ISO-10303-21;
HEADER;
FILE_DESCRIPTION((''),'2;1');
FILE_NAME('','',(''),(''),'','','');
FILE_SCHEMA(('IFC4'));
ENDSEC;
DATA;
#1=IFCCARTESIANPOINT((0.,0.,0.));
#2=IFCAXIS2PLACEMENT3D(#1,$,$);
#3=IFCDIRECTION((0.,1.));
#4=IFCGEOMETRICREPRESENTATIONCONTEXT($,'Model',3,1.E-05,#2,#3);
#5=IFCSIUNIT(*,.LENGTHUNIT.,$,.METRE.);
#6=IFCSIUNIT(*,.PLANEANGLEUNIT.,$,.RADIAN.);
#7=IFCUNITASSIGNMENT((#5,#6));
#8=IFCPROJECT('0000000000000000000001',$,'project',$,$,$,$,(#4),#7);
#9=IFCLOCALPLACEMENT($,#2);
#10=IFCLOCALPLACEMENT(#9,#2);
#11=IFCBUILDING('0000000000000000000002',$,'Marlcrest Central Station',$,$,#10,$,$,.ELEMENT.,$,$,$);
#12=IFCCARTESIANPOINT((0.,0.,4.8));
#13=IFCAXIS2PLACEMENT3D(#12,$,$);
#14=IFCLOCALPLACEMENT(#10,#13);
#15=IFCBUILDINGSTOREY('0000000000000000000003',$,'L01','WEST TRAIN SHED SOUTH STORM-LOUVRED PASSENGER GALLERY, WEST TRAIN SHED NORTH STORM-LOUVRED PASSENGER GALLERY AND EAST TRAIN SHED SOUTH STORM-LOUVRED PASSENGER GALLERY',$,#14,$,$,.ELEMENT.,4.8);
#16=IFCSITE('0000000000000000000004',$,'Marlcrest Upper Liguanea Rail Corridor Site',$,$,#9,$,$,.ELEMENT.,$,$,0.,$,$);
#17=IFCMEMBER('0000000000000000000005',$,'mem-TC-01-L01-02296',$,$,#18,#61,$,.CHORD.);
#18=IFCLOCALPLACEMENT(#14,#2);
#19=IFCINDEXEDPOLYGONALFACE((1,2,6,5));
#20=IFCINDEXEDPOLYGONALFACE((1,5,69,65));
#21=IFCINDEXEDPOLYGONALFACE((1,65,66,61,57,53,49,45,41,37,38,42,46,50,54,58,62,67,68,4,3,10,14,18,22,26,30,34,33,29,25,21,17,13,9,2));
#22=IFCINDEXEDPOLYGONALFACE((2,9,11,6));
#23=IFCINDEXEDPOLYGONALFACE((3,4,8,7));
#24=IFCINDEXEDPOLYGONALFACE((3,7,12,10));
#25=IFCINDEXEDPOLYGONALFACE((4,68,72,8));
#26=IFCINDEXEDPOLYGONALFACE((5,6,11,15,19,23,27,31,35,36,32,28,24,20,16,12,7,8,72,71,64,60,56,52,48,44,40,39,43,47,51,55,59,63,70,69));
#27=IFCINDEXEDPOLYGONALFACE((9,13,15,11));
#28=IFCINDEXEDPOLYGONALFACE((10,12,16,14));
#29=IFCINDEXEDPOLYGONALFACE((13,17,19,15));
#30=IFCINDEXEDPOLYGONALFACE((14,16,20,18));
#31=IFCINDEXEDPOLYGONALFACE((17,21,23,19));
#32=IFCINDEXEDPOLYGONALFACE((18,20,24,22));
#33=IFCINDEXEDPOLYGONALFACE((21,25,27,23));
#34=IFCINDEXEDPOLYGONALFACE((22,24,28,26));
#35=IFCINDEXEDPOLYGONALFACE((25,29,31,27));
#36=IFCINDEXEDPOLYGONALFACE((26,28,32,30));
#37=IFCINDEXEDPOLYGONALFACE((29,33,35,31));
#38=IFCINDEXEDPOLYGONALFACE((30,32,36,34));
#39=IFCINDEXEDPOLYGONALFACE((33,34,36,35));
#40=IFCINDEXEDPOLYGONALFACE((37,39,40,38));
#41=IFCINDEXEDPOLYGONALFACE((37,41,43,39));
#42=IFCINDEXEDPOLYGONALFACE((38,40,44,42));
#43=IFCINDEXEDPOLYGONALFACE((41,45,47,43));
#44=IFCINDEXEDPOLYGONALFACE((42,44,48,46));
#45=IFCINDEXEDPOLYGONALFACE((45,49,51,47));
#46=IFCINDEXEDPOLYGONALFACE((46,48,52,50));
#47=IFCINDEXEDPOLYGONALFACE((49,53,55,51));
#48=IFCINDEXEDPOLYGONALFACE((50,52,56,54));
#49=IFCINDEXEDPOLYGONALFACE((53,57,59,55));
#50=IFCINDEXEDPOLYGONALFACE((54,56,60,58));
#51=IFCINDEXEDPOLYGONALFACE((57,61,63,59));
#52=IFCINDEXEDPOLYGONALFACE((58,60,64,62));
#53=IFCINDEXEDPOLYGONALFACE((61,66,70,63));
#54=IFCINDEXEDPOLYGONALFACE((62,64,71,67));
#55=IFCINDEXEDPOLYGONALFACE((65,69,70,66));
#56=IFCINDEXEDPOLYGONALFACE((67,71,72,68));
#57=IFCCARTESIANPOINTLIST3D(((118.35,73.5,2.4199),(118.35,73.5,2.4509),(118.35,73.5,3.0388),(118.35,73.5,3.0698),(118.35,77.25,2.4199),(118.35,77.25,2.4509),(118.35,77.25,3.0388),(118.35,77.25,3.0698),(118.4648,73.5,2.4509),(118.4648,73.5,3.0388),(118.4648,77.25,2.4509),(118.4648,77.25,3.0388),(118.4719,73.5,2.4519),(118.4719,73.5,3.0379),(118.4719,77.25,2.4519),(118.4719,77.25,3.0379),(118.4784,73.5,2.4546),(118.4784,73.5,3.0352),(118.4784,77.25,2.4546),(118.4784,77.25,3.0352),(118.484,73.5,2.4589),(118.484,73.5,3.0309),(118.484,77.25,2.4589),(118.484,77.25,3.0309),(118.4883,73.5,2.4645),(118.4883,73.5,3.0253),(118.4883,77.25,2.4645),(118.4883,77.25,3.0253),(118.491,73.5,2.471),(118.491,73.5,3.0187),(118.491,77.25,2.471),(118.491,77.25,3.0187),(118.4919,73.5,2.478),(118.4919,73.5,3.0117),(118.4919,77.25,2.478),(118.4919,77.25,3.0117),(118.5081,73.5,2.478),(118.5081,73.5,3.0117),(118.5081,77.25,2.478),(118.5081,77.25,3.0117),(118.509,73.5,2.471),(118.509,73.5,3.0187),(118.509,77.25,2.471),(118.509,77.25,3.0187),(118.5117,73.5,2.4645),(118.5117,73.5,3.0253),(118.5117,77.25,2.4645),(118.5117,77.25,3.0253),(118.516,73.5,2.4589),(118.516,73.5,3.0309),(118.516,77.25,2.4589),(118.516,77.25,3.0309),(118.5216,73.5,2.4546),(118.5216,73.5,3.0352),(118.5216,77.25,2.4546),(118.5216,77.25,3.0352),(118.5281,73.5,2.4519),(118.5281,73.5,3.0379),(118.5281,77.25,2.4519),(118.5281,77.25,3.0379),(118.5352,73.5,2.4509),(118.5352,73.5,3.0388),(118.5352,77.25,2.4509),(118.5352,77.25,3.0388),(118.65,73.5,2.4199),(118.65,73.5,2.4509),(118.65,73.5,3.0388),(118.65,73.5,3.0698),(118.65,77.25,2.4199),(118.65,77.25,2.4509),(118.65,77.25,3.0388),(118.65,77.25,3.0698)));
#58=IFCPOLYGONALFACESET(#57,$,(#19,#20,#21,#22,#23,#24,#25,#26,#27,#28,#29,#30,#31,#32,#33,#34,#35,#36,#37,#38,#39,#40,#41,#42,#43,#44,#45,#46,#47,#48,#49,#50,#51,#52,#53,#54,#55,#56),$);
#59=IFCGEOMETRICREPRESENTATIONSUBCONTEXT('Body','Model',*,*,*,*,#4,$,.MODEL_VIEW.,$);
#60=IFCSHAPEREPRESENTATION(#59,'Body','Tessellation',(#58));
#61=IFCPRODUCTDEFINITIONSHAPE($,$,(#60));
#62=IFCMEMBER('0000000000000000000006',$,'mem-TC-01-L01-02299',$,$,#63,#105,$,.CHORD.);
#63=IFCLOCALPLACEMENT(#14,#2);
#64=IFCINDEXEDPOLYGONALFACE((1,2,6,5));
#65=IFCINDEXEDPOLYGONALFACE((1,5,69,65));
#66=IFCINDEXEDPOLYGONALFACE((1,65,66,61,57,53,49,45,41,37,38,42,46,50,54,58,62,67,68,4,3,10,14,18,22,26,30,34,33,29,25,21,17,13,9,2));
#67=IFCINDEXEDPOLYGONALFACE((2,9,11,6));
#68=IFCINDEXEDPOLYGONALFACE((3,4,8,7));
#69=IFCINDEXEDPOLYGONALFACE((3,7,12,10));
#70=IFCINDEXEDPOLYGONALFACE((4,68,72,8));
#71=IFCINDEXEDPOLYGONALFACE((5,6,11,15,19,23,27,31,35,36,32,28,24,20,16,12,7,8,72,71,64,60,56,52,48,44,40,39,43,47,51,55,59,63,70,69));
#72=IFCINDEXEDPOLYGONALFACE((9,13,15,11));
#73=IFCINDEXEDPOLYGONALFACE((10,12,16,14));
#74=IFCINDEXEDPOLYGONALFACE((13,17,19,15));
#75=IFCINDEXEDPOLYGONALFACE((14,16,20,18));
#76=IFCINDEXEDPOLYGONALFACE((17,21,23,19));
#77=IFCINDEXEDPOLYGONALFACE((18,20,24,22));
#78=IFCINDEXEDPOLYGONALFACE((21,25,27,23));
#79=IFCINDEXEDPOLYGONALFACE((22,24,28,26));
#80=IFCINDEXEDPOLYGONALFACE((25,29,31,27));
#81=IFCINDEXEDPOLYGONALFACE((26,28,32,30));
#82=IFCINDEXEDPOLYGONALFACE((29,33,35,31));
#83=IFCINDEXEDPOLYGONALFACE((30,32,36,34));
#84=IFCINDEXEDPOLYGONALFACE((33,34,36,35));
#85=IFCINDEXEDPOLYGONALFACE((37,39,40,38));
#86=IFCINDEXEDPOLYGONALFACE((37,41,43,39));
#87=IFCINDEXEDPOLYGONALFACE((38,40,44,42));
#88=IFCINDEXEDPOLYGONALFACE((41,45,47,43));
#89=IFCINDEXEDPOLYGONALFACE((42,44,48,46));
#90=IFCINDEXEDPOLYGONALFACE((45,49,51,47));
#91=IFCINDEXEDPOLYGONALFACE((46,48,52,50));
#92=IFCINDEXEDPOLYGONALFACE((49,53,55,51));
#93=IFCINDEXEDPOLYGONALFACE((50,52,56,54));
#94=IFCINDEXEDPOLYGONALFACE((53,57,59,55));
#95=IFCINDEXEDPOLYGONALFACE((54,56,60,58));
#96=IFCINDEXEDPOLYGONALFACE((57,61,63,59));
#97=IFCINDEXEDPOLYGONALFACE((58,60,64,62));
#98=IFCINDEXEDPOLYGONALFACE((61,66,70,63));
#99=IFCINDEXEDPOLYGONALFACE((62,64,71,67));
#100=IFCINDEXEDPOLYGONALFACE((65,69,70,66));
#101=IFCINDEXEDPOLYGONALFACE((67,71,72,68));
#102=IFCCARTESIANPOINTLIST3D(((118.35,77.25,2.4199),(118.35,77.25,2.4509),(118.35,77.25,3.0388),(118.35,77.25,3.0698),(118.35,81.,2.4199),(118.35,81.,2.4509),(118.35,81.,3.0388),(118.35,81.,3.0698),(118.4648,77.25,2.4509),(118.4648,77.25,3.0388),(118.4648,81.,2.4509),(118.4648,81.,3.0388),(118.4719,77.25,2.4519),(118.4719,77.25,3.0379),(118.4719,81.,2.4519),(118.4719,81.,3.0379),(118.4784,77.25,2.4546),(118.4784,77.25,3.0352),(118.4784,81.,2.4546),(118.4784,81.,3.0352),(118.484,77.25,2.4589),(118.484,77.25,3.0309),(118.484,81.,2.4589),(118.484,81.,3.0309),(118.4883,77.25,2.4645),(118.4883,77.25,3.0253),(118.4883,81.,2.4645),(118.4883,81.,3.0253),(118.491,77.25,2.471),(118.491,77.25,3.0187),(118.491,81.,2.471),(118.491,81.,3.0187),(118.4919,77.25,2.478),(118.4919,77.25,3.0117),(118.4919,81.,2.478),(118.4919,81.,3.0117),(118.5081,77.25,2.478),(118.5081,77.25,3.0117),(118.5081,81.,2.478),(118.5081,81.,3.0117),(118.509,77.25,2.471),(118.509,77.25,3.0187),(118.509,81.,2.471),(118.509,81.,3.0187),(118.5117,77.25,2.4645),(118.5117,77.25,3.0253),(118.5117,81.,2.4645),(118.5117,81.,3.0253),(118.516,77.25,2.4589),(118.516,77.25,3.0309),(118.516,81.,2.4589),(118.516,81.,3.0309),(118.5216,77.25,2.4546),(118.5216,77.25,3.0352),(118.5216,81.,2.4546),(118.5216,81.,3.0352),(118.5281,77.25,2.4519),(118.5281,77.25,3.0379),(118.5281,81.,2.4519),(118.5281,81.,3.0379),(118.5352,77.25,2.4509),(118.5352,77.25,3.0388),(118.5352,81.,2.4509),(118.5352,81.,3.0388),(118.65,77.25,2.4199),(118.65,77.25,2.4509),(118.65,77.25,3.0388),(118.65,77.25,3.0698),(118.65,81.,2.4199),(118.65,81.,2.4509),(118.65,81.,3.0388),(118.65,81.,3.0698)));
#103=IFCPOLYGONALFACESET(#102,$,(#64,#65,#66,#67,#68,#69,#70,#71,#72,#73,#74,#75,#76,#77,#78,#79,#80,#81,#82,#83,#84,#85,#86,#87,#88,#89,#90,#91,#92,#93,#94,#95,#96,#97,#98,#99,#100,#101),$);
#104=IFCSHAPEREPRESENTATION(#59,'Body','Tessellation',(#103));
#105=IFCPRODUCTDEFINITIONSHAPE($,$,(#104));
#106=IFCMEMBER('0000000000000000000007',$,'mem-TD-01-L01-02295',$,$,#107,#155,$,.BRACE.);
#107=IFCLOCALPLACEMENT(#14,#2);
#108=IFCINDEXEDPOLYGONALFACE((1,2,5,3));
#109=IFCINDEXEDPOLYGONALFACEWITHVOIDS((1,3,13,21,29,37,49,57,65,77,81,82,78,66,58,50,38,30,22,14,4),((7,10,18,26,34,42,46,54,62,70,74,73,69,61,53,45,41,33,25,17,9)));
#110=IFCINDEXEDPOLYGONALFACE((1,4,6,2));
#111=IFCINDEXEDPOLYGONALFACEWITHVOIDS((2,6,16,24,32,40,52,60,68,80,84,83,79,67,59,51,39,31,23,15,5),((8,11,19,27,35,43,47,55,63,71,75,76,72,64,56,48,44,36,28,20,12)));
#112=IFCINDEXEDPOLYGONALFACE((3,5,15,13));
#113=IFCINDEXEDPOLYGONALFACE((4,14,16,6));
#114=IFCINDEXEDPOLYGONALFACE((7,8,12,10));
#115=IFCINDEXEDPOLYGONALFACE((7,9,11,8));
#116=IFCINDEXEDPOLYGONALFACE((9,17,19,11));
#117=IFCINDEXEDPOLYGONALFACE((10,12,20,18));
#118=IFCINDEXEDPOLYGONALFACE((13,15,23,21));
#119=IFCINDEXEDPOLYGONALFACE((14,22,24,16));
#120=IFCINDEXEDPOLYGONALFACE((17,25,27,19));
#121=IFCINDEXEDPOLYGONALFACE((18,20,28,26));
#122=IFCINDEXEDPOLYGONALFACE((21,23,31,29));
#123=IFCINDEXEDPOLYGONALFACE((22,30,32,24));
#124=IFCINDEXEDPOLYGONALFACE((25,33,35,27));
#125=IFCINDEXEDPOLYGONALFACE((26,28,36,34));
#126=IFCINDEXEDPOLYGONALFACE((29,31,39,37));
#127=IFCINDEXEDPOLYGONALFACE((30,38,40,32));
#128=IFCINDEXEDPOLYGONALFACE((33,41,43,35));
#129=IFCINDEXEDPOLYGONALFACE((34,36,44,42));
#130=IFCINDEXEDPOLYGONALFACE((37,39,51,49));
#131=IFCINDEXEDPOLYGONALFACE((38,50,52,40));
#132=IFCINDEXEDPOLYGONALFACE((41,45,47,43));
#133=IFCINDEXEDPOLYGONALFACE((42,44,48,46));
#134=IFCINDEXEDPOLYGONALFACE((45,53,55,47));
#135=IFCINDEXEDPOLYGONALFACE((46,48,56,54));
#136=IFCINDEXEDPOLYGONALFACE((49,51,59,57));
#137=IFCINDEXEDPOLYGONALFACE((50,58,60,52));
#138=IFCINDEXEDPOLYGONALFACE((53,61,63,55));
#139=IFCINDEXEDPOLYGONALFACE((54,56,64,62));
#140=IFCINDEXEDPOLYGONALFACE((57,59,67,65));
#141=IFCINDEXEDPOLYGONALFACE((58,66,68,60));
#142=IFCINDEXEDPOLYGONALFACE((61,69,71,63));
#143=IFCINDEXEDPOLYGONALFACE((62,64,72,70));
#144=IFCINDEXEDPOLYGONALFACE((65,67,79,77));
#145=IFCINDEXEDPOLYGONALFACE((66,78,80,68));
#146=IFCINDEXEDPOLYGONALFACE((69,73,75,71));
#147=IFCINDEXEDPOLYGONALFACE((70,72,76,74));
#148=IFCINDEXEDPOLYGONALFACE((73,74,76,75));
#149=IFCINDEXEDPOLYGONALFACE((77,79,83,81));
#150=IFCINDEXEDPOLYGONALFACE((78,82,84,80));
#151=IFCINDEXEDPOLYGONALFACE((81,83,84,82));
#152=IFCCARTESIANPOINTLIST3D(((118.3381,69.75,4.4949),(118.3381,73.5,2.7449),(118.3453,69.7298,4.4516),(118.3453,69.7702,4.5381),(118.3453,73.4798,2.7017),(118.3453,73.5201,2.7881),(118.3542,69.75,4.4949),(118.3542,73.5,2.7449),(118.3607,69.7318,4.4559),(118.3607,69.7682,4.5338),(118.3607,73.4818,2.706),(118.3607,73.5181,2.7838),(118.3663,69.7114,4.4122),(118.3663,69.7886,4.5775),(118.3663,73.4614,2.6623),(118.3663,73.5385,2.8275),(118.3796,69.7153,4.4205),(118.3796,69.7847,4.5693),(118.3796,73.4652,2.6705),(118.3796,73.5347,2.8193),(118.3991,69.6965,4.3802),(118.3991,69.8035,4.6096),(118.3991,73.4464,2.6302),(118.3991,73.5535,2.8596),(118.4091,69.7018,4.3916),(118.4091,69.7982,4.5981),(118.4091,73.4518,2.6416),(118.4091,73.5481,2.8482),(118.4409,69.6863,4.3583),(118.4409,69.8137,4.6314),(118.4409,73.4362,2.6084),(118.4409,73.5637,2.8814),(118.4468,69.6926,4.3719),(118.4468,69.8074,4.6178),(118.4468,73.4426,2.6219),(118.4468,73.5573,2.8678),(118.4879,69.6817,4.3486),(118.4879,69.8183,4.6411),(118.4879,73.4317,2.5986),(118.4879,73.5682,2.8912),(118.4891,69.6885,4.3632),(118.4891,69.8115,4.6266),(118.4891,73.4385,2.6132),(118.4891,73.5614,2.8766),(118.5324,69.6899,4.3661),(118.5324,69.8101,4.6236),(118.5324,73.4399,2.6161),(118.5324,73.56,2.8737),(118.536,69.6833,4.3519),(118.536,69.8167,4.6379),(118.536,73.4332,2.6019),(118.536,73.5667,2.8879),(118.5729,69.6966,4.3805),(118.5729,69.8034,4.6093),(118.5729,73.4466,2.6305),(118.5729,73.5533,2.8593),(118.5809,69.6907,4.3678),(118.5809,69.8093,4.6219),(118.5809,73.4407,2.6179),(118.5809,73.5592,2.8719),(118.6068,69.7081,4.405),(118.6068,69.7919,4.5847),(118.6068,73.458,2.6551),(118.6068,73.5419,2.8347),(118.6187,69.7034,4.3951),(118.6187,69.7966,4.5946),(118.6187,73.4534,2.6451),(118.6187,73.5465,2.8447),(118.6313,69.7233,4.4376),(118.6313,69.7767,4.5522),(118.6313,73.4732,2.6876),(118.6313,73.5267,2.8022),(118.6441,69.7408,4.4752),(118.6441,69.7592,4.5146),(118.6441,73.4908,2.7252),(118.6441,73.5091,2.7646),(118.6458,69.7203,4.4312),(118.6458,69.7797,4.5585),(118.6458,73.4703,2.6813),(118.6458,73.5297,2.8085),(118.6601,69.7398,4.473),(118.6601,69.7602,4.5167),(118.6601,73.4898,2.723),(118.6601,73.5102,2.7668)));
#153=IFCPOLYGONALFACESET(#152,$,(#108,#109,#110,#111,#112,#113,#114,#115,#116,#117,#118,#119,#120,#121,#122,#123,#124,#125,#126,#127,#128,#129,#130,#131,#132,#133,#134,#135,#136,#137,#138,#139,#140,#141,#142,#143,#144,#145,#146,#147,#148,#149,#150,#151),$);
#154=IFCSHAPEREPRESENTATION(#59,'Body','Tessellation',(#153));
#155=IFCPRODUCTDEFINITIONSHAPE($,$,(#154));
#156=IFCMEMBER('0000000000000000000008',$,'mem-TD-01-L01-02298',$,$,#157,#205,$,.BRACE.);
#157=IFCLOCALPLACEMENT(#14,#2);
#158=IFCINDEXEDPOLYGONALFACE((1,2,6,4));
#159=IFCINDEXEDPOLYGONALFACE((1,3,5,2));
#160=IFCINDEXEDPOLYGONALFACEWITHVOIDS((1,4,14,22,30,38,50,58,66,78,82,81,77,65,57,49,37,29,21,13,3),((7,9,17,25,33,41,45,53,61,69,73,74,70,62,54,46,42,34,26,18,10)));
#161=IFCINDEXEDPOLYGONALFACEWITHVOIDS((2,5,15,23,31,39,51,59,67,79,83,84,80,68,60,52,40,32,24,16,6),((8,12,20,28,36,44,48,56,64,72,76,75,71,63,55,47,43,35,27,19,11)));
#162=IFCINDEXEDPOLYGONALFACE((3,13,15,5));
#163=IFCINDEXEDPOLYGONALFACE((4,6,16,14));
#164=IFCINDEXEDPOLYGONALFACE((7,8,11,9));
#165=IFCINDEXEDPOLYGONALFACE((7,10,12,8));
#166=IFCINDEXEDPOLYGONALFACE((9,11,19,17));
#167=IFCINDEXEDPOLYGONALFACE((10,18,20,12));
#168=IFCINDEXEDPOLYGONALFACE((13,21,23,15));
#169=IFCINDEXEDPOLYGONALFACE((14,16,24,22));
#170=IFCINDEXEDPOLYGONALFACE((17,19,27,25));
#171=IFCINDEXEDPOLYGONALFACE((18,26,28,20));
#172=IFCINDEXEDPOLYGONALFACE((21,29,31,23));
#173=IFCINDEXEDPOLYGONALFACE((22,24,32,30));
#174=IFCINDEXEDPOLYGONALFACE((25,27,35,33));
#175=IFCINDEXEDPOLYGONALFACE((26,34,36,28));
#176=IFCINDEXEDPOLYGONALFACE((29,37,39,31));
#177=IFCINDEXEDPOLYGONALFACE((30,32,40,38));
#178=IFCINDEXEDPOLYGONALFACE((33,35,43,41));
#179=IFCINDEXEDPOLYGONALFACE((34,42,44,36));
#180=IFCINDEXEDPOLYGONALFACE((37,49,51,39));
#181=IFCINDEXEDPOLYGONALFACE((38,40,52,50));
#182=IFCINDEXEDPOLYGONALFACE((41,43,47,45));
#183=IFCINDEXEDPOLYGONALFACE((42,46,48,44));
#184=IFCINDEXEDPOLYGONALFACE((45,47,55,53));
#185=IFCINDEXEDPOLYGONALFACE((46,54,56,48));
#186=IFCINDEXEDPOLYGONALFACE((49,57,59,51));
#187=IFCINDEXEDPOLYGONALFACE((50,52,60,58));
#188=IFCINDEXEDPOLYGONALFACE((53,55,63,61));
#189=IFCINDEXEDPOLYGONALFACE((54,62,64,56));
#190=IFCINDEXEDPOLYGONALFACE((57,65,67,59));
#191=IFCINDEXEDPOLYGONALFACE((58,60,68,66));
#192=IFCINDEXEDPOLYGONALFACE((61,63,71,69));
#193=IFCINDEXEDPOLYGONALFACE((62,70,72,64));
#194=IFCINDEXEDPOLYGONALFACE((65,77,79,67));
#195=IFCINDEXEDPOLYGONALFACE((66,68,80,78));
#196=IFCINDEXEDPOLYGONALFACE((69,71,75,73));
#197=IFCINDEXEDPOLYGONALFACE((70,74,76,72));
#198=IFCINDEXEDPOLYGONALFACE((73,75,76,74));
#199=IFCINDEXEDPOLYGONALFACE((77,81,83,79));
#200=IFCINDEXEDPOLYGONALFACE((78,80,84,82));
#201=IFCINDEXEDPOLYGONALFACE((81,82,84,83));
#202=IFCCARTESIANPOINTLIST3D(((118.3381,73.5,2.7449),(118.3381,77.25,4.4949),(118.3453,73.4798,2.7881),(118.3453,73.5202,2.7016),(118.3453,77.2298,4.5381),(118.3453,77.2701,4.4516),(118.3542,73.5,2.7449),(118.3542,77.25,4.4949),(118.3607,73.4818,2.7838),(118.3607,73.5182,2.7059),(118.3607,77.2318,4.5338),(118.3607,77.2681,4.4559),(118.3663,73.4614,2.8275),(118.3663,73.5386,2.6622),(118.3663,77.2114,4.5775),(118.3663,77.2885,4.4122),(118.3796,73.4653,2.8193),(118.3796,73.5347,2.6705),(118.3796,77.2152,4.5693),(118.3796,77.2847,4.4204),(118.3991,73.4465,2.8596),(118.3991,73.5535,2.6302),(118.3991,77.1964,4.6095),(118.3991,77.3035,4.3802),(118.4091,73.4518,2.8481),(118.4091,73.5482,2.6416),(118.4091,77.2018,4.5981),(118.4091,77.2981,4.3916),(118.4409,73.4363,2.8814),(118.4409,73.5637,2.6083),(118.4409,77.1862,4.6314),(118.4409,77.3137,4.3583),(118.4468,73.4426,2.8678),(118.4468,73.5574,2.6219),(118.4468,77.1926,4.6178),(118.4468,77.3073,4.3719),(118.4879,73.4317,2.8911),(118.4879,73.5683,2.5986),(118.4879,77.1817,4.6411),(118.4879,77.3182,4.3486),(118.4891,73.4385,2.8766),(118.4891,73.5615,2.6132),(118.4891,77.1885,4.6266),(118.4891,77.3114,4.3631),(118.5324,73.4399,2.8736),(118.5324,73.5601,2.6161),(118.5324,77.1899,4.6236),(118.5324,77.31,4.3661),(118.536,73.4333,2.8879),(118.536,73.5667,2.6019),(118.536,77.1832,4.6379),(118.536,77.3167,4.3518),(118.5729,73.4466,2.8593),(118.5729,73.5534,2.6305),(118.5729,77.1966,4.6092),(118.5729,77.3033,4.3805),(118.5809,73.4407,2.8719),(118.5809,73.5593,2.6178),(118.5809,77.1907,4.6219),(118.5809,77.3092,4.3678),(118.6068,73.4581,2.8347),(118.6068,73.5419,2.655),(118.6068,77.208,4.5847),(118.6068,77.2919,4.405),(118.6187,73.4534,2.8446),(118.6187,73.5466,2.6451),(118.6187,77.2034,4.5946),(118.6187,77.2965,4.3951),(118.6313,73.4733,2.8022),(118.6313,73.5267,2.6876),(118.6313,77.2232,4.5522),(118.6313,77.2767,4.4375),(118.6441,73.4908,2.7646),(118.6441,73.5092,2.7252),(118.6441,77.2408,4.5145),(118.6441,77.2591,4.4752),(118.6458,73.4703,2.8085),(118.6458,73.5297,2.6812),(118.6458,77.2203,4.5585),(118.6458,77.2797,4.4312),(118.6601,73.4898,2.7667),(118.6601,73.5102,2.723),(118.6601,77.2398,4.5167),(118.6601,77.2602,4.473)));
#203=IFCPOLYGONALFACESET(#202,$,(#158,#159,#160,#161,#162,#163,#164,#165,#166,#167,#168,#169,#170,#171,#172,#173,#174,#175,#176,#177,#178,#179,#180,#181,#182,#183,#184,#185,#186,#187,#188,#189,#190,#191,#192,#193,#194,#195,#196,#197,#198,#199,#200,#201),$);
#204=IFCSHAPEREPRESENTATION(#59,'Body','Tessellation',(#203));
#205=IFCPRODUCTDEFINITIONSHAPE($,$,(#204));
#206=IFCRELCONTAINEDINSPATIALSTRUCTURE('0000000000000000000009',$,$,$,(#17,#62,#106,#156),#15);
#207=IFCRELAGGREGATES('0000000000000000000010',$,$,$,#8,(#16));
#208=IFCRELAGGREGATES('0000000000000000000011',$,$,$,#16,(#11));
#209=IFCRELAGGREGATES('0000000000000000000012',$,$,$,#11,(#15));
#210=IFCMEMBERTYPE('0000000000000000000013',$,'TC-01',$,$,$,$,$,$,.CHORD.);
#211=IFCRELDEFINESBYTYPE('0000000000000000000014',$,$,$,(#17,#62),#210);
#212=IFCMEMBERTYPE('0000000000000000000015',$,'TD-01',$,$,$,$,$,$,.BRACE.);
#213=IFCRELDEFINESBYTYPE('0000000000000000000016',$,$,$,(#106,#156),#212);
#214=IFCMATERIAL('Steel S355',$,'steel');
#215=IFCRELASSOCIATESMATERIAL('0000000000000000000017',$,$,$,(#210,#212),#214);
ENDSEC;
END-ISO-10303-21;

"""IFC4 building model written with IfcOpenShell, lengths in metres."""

from ifc_helpers import new_model, si_unit, direction, frame, origin, origin_2d, place, context, subcontext, project, spatial, hollow_circle, i_section, extrude, material, material_profile, profile_set, type_object, element, save


model = new_model("IFC4")

# Units and contexts
model_context = context("Model", 3, precision=1e-05, world=origin(), true_north=direction((0.0, 1.0)))
body_context = subcontext(model_context, "Body", "Model", "MODEL_VIEW")
ifc_project = project(units=[si_unit("LENGTHUNIT", "METRE"), si_unit("PLANEANGLEUNIT", "RADIAN")], contexts=[model_context])

# Site, building, storey
site_placement = place(None, origin())
site = spatial("IfcSite", under=ifc_project, at=site_placement, Name="Marlcrest Upper Liguanea Rail Corridor Site", CompositionType="ELEMENT", RefElevation=0.0)
building_placement = place(site_placement, origin())
building = spatial("IfcBuilding", under=site, at=building_placement, Name="Marlcrest Central Station", CompositionType="ELEMENT")
storey_placement = place(building_placement, frame((0.0, 0.0, 4.8)))
storey = spatial("IfcBuildingStorey", under=building, at=storey_placement, Name="L01", Description="WEST TRAIN SHED SOUTH STORM-LOUVRED PASSENGER GALLERY, WEST TRAIN SHED NORTH STORM-LOUVRED PASSENGER GALLERY AND EAST TRAIN SHED SOUTH STORM-LOUVRED PASSENGER GALLERY", CompositionType="ELEMENT", Elevation=4.8)

# Shared definitions
ifc_material = material(Name="Steel S355", Category="steel")

# Members
ifc_material_profile_1 = material_profile(ifc_material, i_section(OverallWidth=0.3, OverallDepth=0.6499, WebThickness=0.0161, FlangeThickness=0.031, FilletRadius=0.0271, at=origin_2d()), Name="HEB 650")
ifc_profile_set_1 = profile_set([ifc_material_profile_1], Name="Steel S355")
member_type_1 = type_object("IfcMemberType", Name="TC-01", PredefinedType="CHORD", material=ifc_profile_set_1)
for number, where, z_axis, x_axis, name in (
    (1, (118.5, 73.5, 2.7449), (0.0, 1.0, 0.0), (-1.0, 0.0, 0.0), "mem-TC-01-L01-02296"),
    (2, (118.5, 77.25, 2.7449), (0.0, 1.0, 0.0), (-1.0, 0.0, 0.0), "mem-TC-01-L01-02299"),
):
    element("IfcMember", number, at=place(storey_placement, frame(where, z_axis=z_axis, x_axis=x_axis)), inside=storey, type_object=member_type_1, Name=name, PredefinedType="CHORD", context=body_context, shape_type="SweptSolid", body=[
        extrude(i_section(OverallWidth=0.3, OverallDepth=0.6499, WebThickness=0.0161, FlangeThickness=0.031, FilletRadius=0.0271, at=origin_2d()), origin(), (0.0, 0.0, 1.0), 3.75),
    ])
ifc_material_profile_2 = material_profile(ifc_material, hollow_circle(Radius=0.1619, WallThickness=0.0161, at=origin_2d()), Name="CHS 323.9x16")
ifc_profile_set_2 = profile_set([ifc_material_profile_2], Name="Steel S355")
member_type_2 = type_object("IfcMemberType", Name="TD-01", PredefinedType="BRACE", material=ifc_profile_set_2)
for number, where, z_axis, x_axis, name in (
    (3, (118.5, 69.75, 4.4949), (0.0, 0.906183, -0.422885), (-1.0, 0.0, 0.0), "mem-TD-01-L01-02295"),
    (4, (118.5, 73.5, 2.7449), (0.0, 0.906183, 0.422885), (-1.0, 0.0, 0.0), "mem-TD-01-L01-02298"),
):
    element("IfcMember", number, at=place(storey_placement, frame(where, z_axis=z_axis, x_axis=x_axis)), inside=storey, type_object=member_type_2, Name=name, PredefinedType="BRACE", context=body_context, shape_type="SweptSolid", body=[
        extrude(hollow_circle(Radius=0.1619, WallThickness=0.0161, at=origin_2d()), origin(), (0.0, 0.0, 1.0), 4.1382),
    ])

save(model, "model.ifc")
